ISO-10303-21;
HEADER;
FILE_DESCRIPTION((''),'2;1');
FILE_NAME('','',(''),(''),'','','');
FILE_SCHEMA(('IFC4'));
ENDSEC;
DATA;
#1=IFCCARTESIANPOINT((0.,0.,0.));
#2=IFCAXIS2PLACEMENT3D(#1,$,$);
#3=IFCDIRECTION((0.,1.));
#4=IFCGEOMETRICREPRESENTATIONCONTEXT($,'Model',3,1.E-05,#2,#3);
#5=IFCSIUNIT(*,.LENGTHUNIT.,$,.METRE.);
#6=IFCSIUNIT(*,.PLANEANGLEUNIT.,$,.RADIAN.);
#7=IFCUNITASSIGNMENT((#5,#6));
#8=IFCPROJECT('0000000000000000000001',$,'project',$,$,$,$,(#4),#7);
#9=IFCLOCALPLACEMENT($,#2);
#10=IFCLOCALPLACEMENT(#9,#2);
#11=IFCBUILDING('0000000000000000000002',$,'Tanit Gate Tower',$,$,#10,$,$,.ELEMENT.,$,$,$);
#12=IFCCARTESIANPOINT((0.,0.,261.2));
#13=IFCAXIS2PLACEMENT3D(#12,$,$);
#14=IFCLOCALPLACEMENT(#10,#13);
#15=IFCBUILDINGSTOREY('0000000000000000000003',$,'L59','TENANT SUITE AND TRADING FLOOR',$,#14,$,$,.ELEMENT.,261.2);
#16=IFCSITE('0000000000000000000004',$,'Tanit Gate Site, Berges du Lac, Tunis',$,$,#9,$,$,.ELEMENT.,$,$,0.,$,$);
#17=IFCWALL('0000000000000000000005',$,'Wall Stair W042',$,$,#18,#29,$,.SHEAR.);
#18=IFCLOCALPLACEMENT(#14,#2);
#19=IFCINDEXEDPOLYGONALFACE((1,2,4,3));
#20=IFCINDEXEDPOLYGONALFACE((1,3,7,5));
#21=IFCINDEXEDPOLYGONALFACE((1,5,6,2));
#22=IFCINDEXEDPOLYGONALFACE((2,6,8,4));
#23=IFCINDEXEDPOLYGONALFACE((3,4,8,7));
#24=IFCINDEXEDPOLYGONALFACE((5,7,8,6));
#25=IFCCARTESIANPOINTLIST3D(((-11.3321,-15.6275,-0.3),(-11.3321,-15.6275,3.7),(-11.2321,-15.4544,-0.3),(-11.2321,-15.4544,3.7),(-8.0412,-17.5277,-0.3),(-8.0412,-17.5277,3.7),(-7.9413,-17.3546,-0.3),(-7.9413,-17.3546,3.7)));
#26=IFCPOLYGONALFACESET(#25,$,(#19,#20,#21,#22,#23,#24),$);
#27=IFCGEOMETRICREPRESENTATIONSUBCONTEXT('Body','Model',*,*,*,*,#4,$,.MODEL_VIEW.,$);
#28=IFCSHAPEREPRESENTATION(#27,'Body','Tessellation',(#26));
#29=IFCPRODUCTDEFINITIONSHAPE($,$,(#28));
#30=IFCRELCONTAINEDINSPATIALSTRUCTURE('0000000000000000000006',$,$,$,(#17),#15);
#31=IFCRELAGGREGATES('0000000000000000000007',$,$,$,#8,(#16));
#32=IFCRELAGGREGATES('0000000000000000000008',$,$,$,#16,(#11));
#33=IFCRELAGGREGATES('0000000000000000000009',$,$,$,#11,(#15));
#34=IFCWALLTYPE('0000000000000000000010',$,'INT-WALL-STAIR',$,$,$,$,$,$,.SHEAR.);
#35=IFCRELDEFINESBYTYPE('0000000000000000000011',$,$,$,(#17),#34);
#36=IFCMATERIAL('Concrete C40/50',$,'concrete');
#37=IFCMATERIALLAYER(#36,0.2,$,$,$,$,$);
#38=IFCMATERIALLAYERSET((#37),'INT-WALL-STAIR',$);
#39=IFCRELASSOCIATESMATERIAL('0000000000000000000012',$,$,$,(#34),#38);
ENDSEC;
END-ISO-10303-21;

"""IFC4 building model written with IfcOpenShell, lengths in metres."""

from ifc_helpers import new_model, si_unit, direction, frame, frame_2d, origin, place, context, subcontext, project, spatial, rectangle, extrude, material, layer, layer_set, type_object, element, save


model = new_model("IFC4")

# Units and contexts
model_context = context("Model", 3, precision=1e-05, world=origin(), true_north=direction((0.0, 1.0)))
body_context = subcontext(model_context, "Body", "Model", "MODEL_VIEW")
ifc_project = project(units=[si_unit("LENGTHUNIT", "METRE"), si_unit("PLANEANGLEUNIT", "RADIAN")], contexts=[model_context])

# Site, building, storey
site_placement = place(None, origin())
site = spatial("IfcSite", under=ifc_project, at=site_placement, Name="Tanit Gate Site, Berges du Lac, Tunis", CompositionType="ELEMENT", RefElevation=0.0)
building_placement = place(site_placement, origin())
building = spatial("IfcBuilding", under=site, at=building_placement, Name="Tanit Gate Tower", CompositionType="ELEMENT")
storey_placement = place(building_placement, frame((0.0, 0.0, 261.2)))
storey = spatial("IfcBuildingStorey", under=building, at=storey_placement, Name="L59", Description="TENANT SUITE AND TRADING FLOOR", CompositionType="ELEMENT", Elevation=261.2)

# Wall
ifc_material_1 = material(Name="Concrete C40/50", Category="concrete")
ifc_layer_1 = layer(ifc_material_1, 0.2)
ifc_layer_set_1 = layer_set([ifc_layer_1], Name="INT-WALL-STAIR")
wall_type_1 = type_object("IfcWallType", Name="INT-WALL-STAIR", PredefinedType="SHEAR", material=ifc_layer_set_1)
wall_1_placement = place(storey_placement, frame((-11.282, -15.541, -0.3), z_axis=(0.0, 0.0, 1.0), x_axis=(0.866, -0.500043, 0.0)))
element("IfcWall", 1, at=wall_1_placement, inside=storey, type_object=wall_type_1, Name="Wall Stair W042", PredefinedType="SHEAR", context=body_context, shape_type="SweptSolid", body=[
    extrude(rectangle(XDim=3.8, YDim=0.2, at=frame_2d((1.8999, 0.0))), origin(), (0.0, 0.0, 1.0), 4.0),
])

save(model, "model.ifc")
